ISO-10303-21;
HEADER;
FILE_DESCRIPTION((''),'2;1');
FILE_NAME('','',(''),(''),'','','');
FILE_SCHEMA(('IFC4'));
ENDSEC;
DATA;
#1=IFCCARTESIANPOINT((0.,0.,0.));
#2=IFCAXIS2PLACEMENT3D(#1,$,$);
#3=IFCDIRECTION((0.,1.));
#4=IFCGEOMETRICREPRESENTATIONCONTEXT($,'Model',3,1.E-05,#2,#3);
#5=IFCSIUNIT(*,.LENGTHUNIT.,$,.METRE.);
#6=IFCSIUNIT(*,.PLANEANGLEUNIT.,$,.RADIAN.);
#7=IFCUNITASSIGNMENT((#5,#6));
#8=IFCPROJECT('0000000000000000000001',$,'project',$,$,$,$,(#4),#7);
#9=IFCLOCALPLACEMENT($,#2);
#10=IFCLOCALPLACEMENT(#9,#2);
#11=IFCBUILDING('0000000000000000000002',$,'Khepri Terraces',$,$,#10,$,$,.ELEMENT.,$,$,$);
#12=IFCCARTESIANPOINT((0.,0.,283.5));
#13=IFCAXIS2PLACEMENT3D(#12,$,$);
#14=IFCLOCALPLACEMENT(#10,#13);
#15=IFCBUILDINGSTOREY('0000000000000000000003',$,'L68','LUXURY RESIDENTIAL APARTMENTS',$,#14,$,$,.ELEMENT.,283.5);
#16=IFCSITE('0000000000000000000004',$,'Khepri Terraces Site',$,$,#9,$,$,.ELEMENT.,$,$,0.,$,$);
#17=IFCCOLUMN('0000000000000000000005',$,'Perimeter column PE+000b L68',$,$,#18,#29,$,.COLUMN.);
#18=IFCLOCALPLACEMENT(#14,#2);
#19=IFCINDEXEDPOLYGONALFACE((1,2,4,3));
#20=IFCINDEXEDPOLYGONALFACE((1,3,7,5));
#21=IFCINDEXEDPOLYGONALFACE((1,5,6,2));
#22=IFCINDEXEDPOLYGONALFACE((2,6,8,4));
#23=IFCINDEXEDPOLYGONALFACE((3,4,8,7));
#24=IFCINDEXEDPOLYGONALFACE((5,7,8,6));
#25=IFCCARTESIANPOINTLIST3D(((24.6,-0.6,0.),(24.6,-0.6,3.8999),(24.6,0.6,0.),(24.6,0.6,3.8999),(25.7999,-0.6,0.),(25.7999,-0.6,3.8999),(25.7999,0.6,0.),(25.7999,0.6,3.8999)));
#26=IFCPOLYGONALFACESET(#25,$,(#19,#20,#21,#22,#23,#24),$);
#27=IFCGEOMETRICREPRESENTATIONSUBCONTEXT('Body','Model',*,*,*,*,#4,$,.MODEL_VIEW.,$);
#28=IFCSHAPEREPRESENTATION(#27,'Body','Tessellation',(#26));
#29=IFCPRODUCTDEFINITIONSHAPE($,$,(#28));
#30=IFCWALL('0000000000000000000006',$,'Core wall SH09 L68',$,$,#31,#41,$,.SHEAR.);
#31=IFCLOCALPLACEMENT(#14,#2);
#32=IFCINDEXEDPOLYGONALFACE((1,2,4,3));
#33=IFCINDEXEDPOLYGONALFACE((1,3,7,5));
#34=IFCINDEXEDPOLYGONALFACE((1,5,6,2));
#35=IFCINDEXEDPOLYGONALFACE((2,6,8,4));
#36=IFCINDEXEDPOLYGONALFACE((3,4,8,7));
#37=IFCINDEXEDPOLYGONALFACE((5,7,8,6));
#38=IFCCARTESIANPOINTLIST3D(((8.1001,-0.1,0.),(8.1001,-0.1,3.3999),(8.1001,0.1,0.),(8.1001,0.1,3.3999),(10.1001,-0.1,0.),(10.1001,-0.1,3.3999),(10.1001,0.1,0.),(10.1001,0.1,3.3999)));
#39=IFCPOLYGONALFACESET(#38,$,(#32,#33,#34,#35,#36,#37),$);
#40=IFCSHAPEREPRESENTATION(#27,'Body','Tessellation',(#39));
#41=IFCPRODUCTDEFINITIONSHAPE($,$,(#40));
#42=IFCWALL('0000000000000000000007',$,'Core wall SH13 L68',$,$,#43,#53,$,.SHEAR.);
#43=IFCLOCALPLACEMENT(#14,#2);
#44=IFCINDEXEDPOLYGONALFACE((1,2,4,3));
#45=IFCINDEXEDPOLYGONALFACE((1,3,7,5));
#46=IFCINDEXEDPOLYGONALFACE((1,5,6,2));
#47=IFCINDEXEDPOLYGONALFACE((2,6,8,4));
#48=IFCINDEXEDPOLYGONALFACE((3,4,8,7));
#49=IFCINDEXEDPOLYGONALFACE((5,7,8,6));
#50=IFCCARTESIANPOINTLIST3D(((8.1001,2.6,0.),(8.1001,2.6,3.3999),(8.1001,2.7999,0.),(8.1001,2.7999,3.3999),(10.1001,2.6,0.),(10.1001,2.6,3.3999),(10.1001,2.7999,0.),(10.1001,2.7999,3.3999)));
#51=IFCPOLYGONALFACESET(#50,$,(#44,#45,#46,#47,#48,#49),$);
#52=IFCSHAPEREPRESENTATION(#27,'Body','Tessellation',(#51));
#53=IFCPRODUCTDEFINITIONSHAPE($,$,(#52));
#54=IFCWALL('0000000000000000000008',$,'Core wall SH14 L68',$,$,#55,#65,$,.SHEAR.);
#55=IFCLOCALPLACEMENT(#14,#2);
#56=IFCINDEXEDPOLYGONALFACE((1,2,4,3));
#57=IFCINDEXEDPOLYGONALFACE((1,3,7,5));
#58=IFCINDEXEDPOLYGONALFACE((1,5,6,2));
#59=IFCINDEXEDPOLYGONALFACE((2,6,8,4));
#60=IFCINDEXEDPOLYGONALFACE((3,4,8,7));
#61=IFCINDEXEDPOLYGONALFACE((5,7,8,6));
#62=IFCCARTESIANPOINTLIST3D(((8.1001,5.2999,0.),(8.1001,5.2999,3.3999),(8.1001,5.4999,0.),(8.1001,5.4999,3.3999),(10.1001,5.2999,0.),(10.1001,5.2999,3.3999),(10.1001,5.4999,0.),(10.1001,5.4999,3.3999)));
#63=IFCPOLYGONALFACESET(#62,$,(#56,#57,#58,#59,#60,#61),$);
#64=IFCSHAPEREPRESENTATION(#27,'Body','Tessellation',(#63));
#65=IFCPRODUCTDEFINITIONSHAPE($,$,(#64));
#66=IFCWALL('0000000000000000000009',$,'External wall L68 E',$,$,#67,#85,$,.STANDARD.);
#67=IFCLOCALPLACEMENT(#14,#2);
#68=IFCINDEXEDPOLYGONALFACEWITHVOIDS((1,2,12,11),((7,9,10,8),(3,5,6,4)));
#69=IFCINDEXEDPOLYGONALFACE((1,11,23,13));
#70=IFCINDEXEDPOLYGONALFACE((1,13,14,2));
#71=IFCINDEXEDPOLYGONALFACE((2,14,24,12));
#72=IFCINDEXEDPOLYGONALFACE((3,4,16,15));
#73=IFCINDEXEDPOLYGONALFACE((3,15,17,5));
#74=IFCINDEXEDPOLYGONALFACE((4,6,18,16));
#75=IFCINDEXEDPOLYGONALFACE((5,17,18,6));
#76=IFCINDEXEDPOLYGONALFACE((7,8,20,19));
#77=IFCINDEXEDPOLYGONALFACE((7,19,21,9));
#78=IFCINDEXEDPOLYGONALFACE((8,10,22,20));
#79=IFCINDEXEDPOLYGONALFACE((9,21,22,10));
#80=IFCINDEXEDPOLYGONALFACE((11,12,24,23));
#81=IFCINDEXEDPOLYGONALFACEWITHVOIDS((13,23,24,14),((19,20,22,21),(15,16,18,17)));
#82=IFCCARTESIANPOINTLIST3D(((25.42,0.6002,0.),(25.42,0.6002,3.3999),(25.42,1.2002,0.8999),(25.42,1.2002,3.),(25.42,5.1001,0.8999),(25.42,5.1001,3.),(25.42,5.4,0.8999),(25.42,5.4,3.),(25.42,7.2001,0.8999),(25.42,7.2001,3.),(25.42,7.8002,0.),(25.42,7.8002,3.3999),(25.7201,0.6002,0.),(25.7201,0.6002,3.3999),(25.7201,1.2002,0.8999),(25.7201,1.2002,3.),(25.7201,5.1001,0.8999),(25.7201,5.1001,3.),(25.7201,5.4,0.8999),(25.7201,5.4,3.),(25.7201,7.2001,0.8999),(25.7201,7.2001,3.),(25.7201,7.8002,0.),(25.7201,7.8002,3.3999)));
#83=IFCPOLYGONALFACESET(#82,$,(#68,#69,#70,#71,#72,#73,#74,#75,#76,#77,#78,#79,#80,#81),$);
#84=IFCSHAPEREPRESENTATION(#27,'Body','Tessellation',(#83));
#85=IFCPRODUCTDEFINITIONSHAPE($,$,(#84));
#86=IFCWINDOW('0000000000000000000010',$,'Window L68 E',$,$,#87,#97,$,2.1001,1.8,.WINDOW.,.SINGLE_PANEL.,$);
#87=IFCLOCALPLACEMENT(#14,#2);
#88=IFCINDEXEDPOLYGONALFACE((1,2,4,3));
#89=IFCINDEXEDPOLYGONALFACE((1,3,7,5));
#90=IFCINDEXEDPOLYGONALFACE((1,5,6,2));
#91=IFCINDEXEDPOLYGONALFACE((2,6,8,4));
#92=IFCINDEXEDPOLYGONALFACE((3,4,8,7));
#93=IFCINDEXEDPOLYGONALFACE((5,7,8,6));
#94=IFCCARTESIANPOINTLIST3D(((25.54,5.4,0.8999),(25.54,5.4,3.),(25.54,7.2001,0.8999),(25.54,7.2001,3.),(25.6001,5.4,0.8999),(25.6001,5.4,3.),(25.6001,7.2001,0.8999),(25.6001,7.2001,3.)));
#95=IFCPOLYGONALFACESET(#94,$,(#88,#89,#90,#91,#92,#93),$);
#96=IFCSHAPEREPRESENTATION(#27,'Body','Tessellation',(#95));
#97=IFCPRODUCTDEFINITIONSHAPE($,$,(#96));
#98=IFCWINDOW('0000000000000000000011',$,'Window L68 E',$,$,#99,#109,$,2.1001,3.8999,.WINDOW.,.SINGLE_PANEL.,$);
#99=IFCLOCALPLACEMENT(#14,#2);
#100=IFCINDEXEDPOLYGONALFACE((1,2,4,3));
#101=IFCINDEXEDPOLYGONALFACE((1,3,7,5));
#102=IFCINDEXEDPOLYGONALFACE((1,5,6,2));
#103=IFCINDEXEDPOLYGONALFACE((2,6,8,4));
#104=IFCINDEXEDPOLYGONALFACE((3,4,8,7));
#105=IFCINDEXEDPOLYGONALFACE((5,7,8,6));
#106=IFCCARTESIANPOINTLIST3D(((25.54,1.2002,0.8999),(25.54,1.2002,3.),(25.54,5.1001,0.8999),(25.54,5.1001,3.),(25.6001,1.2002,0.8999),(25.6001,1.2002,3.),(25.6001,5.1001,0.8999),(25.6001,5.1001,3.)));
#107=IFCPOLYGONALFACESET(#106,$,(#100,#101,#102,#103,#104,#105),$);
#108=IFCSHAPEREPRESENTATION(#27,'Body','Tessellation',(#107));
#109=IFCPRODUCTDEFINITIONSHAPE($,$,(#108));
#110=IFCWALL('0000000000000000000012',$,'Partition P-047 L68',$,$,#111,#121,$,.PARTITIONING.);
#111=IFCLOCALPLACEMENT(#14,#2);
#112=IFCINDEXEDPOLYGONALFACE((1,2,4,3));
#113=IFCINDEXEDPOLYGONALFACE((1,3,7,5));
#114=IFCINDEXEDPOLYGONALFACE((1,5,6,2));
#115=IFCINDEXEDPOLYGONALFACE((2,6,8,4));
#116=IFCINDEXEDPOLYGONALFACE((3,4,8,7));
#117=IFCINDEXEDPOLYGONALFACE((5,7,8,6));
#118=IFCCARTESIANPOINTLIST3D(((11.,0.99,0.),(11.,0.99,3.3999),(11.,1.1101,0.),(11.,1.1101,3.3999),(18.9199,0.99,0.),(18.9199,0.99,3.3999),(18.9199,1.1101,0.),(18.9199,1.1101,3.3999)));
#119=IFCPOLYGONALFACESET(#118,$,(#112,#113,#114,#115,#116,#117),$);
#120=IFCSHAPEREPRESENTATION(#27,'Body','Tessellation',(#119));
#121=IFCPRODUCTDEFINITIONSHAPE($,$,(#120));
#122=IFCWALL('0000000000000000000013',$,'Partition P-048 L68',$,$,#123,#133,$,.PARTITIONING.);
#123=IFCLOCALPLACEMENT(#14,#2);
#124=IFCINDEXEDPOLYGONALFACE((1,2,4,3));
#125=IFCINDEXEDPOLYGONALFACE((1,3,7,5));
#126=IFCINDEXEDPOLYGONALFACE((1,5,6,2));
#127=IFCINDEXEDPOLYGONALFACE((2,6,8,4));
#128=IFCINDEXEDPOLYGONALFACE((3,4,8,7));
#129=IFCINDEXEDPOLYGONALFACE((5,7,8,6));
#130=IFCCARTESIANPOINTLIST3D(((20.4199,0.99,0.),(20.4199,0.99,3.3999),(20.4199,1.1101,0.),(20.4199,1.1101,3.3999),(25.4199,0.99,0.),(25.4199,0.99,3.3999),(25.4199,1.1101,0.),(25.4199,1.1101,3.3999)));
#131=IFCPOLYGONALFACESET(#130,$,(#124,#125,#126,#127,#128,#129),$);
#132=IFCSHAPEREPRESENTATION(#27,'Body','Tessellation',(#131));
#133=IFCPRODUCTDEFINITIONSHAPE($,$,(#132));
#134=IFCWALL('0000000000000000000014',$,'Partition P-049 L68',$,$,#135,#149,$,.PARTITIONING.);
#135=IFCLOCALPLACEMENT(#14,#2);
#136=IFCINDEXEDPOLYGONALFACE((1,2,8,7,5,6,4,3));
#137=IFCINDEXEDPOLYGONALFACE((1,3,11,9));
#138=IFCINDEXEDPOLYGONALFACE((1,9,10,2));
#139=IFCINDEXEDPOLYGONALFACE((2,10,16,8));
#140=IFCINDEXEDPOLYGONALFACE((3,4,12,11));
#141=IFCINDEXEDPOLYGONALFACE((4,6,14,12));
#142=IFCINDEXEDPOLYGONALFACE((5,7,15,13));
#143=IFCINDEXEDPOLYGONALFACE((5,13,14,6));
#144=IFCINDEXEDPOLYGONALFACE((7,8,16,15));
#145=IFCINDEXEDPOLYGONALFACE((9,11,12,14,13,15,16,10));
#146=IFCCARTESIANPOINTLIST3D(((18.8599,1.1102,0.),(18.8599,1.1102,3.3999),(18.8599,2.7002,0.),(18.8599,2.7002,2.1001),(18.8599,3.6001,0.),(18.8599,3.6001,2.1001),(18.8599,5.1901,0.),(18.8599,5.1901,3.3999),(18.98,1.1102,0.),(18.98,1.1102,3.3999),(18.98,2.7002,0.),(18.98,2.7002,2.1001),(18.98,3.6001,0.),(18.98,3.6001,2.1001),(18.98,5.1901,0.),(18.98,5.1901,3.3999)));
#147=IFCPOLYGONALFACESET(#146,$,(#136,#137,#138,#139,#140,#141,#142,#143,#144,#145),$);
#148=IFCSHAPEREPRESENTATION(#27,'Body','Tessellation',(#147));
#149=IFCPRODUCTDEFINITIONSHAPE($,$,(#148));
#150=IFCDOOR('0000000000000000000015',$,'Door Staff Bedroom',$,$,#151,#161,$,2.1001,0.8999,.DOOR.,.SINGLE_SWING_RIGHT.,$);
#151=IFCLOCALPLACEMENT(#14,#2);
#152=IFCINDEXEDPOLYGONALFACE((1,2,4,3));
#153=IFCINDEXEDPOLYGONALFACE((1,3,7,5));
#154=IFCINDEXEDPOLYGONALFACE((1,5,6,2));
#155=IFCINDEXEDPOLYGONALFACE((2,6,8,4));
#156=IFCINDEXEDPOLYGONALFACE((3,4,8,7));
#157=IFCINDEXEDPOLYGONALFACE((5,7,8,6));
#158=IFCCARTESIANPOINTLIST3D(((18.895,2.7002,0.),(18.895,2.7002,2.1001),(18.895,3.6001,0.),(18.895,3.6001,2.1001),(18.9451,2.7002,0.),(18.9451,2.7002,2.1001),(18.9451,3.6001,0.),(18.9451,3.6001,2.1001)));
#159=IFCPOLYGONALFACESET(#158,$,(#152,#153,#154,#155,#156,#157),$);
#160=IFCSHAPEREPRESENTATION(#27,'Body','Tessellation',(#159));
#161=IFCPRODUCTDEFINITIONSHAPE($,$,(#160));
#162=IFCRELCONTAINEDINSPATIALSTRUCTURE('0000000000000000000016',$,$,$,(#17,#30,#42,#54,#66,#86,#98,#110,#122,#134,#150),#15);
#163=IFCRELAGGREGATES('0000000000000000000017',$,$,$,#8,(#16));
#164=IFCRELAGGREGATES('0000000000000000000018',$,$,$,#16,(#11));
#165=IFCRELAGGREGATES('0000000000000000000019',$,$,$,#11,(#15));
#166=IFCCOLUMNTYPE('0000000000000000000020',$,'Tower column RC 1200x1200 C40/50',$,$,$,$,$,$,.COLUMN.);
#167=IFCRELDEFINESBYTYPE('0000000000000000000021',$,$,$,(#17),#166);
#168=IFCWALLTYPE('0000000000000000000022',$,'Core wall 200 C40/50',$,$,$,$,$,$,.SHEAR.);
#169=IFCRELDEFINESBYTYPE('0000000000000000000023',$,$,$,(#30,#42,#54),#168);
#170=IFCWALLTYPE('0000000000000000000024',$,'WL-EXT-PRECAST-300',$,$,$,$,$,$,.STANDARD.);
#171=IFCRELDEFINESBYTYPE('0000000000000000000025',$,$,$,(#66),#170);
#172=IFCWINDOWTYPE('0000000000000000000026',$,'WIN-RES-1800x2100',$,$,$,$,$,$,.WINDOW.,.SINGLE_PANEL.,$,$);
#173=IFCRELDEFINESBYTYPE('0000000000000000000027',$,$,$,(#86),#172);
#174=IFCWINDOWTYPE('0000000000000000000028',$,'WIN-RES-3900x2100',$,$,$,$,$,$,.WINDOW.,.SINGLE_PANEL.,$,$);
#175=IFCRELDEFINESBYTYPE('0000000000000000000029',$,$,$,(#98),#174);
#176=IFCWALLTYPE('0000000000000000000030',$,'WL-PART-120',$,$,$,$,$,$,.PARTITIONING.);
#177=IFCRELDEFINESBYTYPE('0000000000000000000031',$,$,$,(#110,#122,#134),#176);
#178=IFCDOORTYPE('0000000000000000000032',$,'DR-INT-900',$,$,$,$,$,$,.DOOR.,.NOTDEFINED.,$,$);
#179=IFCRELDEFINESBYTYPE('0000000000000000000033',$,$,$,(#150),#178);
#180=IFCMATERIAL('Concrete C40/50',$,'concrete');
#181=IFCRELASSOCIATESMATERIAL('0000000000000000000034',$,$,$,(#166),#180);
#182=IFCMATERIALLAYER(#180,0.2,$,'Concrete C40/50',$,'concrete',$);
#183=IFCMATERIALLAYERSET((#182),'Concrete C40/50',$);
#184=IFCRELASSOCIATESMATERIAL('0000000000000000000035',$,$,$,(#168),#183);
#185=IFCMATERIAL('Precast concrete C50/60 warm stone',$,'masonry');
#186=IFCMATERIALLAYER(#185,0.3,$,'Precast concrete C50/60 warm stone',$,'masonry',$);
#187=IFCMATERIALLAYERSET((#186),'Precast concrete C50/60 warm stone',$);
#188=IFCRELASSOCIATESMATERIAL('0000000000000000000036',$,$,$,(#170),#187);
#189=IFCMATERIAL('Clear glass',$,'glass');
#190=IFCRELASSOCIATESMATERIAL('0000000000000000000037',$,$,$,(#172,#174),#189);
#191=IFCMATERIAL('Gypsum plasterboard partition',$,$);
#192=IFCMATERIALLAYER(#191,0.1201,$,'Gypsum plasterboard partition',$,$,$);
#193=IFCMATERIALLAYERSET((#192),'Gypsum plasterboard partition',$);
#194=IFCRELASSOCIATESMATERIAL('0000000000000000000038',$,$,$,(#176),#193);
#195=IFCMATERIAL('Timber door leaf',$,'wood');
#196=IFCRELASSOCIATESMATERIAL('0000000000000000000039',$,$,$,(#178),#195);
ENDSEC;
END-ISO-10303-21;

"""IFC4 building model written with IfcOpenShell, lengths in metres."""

from ifc_helpers import new_model, si_unit, direction, frame, frame_2d, origin, origin_2d, place, context, subcontext, project, spatial, rectangle, extrude, material, layer, layer_set, material_profile, profile_set, type_object, element, fill, save


model = new_model("IFC4")

# Units and contexts
model_context = context("Model", 3, precision=1e-05, world=origin(), true_north=direction((0.0, 1.0)))
body_context = subcontext(model_context, "Body", "Model", "MODEL_VIEW")
ifc_project = project(units=[si_unit("LENGTHUNIT", "METRE"), si_unit("PLANEANGLEUNIT", "RADIAN")], contexts=[model_context])

# Site, building, storey
site_placement = place(None, origin())
site = spatial("IfcSite", under=ifc_project, at=site_placement, Name="Khepri Terraces Site", CompositionType="ELEMENT", RefElevation=0.0)
building_placement = place(site_placement, origin())
building = spatial("IfcBuilding", under=site, at=building_placement, Name="Khepri Terraces", CompositionType="ELEMENT")
storey_placement = place(building_placement, frame((0.0, 0.0, 283.5)))
storey = spatial("IfcBuildingStorey", under=building, at=storey_placement, Name="L68", Description="LUXURY RESIDENTIAL APARTMENTS", CompositionType="ELEMENT", Elevation=283.5)

# Column
ifc_material_1 = material(Name="Concrete C40/50", Category="concrete")
ifc_material_profile = material_profile(ifc_material_1, rectangle(XDim=1.2, YDim=1.2, at=origin_2d()), Name="Concrete C40/50", Category="concrete")
ifc_profile_set = profile_set([ifc_material_profile], Name="Concrete C40/50")
column_type = type_object("IfcColumnType", Name="Tower column RC 1200x1200 C40/50", PredefinedType="COLUMN", material=ifc_profile_set)
column_placement = place(storey_placement, frame((25.2, 0.0, 0.0), z_axis=(0.0, 0.0, 1.0), x_axis=(1.0, 0.0, 0.0)))
element("IfcColumn", 1, at=column_placement, inside=storey, type_object=column_type, Name="Perimeter column PE+000b L68", PredefinedType="COLUMN", context=body_context, shape_type="SweptSolid", body=[
    extrude(rectangle(XDim=1.2, YDim=1.2, at=origin_2d()), origin(), (0.0, 0.0, 1.0), 3.8999),
])

# Walls
ifc_layer_1 = layer(ifc_material_1, 0.2, Name="Concrete C40/50", Category="concrete")
ifc_layer_set_1 = layer_set([ifc_layer_1], Name="Concrete C40/50")
wall_type_1 = type_object("IfcWallType", Name="Core wall 200 C40/50", PredefinedType="SHEAR", material=ifc_layer_set_1)
for number, where, z_axis, x_axis, name in (
    (2, (8.1001, 0.0, 0.0), (0.0, 0.0, 1.0), (1.0, 0.0, 0.0), "Core wall SH09 L68"),
    (3, (8.1001, 2.7, 0.0), (0.0, 0.0, 1.0), (1.0, 0.0, 0.0), "Core wall SH13 L68"),
    (4, (8.1001, 5.3999, 0.0), (0.0, 0.0, 1.0), (1.0, 0.0, 0.0), "Core wall SH14 L68"),
):
    element("IfcWall", number, at=place(storey_placement, frame(where, z_axis=z_axis, x_axis=x_axis)), inside=storey, type_object=wall_type_1, Name=name, PredefinedType="SHEAR", context=body_context, shape_type="SweptSolid", body=[
        extrude(rectangle(XDim=2.0, YDim=0.2, at=frame_2d((1.0, 0.0))), origin(), (0.0, 0.0, 1.0), 3.3999),
    ])

# Wall, openings, windows
ifc_material_2 = material(Name="Precast concrete C50/60 warm stone", Category="masonry")
ifc_layer_2 = layer(ifc_material_2, 0.3, Name="Precast concrete C50/60 warm stone", Category="masonry")
ifc_layer_set_2 = layer_set([ifc_layer_2], Name="Precast concrete C50/60 warm stone")
wall_type_2 = type_object("IfcWallType", Name="WL-EXT-PRECAST-300", PredefinedType="STANDARD", material=ifc_layer_set_2)
wall_1_placement = place(storey_placement, frame((25.5701, 0.6001, 0.0), z_axis=(0.0, 0.0, 1.0), x_axis=(0.0, 1.0, 0.0)))
wall_1 = element("IfcWall", 5, at=wall_1_placement, inside=storey, type_object=wall_type_2, Name="External wall L68 E", PredefinedType="STANDARD", context=body_context, shape_type="SweptSolid", body=[
    extrude(rectangle(XDim=7.2, YDim=0.3, at=frame_2d((3.6001, 0.0))), origin(), (0.0, 0.0, 1.0), 3.3999),
])
opening_1_placement = place(wall_1_placement, frame((0.6001, 0.0, 0.8999)))
opening_1 = element("IfcOpeningElement", 6, at=opening_1_placement, cuts=wall_1, PredefinedType="OPENING", context=body_context, shape_type="SweptSolid", body=[
    extrude(rectangle(XDim=3.8999, YDim=2.1001, at=frame_2d((1.95, 1.05))), frame((0.0, 0.1602, 0.0), z_axis=(0.0, -1.0, 0.0), x_axis=(1.0, 0.0, 0.0)), (0.0, 0.0, 1.0), 0.3201),
])
opening_2_placement = place(wall_1_placement, frame((4.8, 0.0, 0.8999)))
opening_2 = element("IfcOpeningElement", 7, at=opening_2_placement, cuts=wall_1, PredefinedType="OPENING", context=body_context, shape_type="SweptSolid", body=[
    extrude(rectangle(XDim=1.8, YDim=2.1001, at=frame_2d((0.8999, 1.05))), frame((0.0, 0.1602, 0.0), z_axis=(0.0, -1.0, 0.0), x_axis=(1.0, 0.0, 0.0)), (0.0, 0.0, 1.0), 0.3201),
])
ifc_material_3 = material(Name="Clear glass", Category="glass")
window_type_1 = type_object("IfcWindowType", Name="WIN-RES-1800x2100", PartitioningType="SINGLE_PANEL", PredefinedType="WINDOW", material=ifc_material_3)
window_1_placement = place(opening_2_placement, origin())
window_1 = element("IfcWindow", 8, at=window_1_placement, inside=storey, type_object=window_type_1, Name="Window L68 E", OverallHeight=2.1001, OverallWidth=1.8, PartitioningType="SINGLE_PANEL", PredefinedType="WINDOW", context=body_context, shape_type="SweptSolid", body=[
    extrude(rectangle(XDim=1.8, YDim=2.1001, at=frame_2d((0.8999, 1.05))), frame((0.0, 0.03, 0.0), z_axis=(0.0, -1.0, 0.0), x_axis=(1.0, 0.0, 0.0)), (0.0, 0.0, 1.0), 0.0601),
])
fill(opening_2, window_1)
window_type_2 = type_object("IfcWindowType", Name="WIN-RES-3900x2100", PartitioningType="SINGLE_PANEL", PredefinedType="WINDOW", material=ifc_material_3)
window_2_placement = place(opening_1_placement, origin())
window_2 = element("IfcWindow", 9, at=window_2_placement, inside=storey, type_object=window_type_2, Name="Window L68 E", OverallHeight=2.1001, OverallWidth=3.8999, PartitioningType="SINGLE_PANEL", PredefinedType="WINDOW", context=body_context, shape_type="SweptSolid", body=[
    extrude(rectangle(XDim=3.8999, YDim=2.1001, at=frame_2d((1.95, 1.05))), frame((0.0, 0.03, 0.0), z_axis=(0.0, -1.0, 0.0), x_axis=(1.0, 0.0, 0.0)), (0.0, 0.0, 1.0), 0.0601),
])
fill(opening_1, window_2)

# Walls
ifc_material_4 = material(Name="Gypsum plasterboard partition")
ifc_layer_3 = layer(ifc_material_4, 0.1201, Name="Gypsum plasterboard partition")
ifc_layer_set_3 = layer_set([ifc_layer_3], Name="Gypsum plasterboard partition")
wall_type_3 = type_object("IfcWallType", Name="WL-PART-120", PredefinedType="PARTITIONING", material=ifc_layer_set_3)
wall_2_placement = place(storey_placement, frame((11.0, 1.05, 0.0), z_axis=(0.0, 0.0, 1.0), x_axis=(1.0, 0.0, 0.0)))
element("IfcWall", 10, at=wall_2_placement, inside=storey, type_object=wall_type_3, Name="Partition P-047 L68", PredefinedType="PARTITIONING", context=body_context, shape_type="SweptSolid", body=[
    extrude(rectangle(XDim=7.9199, YDim=0.1201, at=frame_2d((3.96, 0.0))), origin(), (0.0, 0.0, 1.0), 3.3999),
])
wall_3_placement = place(storey_placement, frame((20.4199, 1.05, 0.0), z_axis=(0.0, 0.0, 1.0), x_axis=(1.0, 0.0, 0.0)))
element("IfcWall", 11, at=wall_3_placement, inside=storey, type_object=wall_type_3, Name="Partition P-048 L68", PredefinedType="PARTITIONING", context=body_context, shape_type="SweptSolid", body=[
    extrude(rectangle(XDim=5.0, YDim=0.1201, at=frame_2d((2.5, 0.0))), origin(), (0.0, 0.0, 1.0), 3.3999),
])

# Wall, opening, door
wall_4_placement = place(storey_placement, frame((18.9199, 1.1101, 0.0), z_axis=(0.0, 0.0, 1.0), x_axis=(0.0, 1.0, 0.0)))
wall_4 = element("IfcWall", 12, at=wall_4_placement, inside=storey, type_object=wall_type_3, Name="Partition P-049 L68", PredefinedType="PARTITIONING", context=body_context, shape_type="SweptSolid", body=[
    extrude(rectangle(XDim=4.0798, YDim=0.1201, at=frame_2d((2.04, 0.0))), origin(), (0.0, 0.0, 1.0), 3.3999),
])
opening_3_placement = place(wall_4_placement, frame((1.5901, 0.0, 0.0)))
opening_3 = element("IfcOpeningElement", 13, at=opening_3_placement, cuts=wall_4, PredefinedType="OPENING", context=body_context, shape_type="SweptSolid", body=[
    extrude(rectangle(XDim=0.8999, YDim=2.1001, at=frame_2d((0.45, 1.05))), frame((0.0, 0.0701, 0.0), z_axis=(0.0, -1.0, 0.0), x_axis=(1.0, 0.0, 0.0)), (0.0, 0.0, 1.0), 0.1401),
])
ifc_material_5 = material(Name="Timber door leaf", Category="wood")
door_type_1 = type_object("IfcDoorType", Name="DR-INT-900", OperationType="NOTDEFINED", PredefinedType="DOOR", material=ifc_material_5)
door_1_placement = place(opening_3_placement, origin())
door_1 = element("IfcDoor", 14, at=door_1_placement, inside=storey, type_object=door_type_1, Name="Door Staff Bedroom", OperationType="SINGLE_SWING_RIGHT", OverallHeight=2.1001, OverallWidth=0.8999, PredefinedType="DOOR", context=body_context, shape_type="SweptSolid", body=[
    extrude(rectangle(XDim=0.8999, YDim=2.1001, at=frame_2d((0.45, 1.05))), frame((0.0, 0.0249, 0.0), z_axis=(0.0, -1.0, 0.0), x_axis=(1.0, 0.0, 0.0)), (0.0, 0.0, 1.0), 0.05),
])
fill(opening_3, door_1)

save(model, "model.ifc")
